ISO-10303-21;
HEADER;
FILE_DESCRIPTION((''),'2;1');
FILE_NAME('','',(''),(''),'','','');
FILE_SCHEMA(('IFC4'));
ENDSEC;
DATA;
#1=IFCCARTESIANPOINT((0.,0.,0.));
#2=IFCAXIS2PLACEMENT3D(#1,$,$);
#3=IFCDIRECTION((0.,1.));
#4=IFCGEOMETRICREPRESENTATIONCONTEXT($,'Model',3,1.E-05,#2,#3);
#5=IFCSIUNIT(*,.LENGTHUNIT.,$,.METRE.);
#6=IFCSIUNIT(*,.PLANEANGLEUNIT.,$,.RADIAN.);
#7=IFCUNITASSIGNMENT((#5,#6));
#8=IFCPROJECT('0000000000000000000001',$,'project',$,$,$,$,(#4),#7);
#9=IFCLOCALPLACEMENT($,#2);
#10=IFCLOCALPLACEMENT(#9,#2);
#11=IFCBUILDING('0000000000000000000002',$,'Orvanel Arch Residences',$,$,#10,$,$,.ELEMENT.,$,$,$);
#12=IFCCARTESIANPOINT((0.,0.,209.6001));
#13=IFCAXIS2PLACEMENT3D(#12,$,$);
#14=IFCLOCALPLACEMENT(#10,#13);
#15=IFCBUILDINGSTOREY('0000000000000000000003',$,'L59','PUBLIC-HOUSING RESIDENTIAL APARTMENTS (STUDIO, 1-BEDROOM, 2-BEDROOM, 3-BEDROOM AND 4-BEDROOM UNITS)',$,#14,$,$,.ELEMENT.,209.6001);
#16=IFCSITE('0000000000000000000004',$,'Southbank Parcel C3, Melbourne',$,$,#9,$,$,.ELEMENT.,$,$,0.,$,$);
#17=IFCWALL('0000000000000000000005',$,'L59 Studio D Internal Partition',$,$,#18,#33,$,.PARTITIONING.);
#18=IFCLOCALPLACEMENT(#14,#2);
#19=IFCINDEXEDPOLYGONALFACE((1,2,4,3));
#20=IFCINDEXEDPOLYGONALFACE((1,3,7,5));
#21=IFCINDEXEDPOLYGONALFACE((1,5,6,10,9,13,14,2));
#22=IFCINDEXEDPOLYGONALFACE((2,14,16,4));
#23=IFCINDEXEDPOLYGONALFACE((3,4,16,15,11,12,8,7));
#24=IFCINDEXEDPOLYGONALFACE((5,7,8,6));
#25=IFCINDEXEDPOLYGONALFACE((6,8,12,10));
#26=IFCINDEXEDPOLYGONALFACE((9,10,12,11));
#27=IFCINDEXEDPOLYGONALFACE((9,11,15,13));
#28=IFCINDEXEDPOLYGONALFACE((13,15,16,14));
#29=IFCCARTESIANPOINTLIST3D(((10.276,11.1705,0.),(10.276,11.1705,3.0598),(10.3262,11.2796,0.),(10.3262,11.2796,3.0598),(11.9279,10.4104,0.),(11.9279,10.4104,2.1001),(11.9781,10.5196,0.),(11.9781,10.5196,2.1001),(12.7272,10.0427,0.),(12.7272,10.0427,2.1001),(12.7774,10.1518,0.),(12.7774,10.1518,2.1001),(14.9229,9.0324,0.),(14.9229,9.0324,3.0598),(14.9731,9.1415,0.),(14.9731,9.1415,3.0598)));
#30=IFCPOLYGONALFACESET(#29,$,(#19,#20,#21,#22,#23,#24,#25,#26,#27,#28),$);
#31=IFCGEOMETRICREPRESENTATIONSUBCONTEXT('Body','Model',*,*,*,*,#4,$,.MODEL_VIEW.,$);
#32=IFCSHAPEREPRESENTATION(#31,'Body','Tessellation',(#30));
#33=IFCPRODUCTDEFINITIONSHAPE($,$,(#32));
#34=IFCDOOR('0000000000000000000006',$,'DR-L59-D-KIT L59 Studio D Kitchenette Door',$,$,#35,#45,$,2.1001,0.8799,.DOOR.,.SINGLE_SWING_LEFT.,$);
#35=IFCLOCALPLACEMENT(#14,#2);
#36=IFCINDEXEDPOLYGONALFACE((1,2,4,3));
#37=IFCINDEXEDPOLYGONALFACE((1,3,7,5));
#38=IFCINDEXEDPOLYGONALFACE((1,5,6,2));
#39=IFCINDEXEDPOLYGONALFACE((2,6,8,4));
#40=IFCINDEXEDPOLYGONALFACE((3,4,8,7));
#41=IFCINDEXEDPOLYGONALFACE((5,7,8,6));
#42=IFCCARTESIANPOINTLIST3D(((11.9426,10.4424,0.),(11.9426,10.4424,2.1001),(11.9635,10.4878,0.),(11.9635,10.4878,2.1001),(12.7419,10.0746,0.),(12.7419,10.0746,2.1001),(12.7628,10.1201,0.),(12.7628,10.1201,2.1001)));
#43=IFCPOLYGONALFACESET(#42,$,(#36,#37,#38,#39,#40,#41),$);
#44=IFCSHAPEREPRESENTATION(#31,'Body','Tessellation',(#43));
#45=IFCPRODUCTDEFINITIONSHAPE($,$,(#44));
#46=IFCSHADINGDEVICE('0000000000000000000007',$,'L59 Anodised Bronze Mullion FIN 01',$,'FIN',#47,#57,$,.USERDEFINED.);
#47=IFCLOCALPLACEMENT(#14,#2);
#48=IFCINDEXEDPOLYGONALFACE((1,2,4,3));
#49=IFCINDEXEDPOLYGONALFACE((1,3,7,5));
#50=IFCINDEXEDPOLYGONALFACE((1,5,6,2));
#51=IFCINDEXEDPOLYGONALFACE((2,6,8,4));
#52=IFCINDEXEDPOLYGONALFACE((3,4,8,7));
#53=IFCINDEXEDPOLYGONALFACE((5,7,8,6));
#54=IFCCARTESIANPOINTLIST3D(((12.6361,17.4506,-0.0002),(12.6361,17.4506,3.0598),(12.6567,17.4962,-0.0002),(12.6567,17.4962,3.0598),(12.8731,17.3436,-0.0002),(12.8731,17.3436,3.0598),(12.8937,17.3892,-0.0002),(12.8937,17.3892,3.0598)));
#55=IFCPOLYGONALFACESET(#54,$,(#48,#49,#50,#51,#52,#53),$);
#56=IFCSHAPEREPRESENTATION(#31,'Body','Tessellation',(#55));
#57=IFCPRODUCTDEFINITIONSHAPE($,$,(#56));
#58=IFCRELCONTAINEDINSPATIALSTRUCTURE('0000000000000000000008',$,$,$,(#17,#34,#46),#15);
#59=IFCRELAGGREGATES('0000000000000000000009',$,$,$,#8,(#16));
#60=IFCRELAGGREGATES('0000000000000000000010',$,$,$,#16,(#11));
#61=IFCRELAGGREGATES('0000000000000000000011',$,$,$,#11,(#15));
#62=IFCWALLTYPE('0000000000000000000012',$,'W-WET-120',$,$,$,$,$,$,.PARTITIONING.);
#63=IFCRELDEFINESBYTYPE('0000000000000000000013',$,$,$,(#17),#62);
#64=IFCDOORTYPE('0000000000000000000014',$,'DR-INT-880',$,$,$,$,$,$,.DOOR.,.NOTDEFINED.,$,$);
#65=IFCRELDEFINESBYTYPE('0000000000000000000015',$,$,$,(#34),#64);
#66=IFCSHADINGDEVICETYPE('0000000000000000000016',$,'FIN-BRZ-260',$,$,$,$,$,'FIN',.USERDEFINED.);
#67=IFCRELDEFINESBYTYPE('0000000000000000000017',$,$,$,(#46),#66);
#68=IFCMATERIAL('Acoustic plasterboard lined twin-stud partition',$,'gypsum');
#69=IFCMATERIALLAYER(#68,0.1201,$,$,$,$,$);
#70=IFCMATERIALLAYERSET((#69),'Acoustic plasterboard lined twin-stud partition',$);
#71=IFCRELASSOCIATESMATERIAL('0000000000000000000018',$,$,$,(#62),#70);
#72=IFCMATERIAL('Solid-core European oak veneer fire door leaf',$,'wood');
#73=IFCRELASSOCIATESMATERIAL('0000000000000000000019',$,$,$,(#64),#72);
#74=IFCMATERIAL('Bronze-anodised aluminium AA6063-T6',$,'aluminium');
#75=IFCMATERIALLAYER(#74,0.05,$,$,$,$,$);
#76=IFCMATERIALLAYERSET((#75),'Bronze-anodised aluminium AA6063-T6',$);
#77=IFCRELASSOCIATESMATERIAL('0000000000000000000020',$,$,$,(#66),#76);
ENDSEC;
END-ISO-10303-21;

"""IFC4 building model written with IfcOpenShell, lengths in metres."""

from ifc_helpers import new_model, si_unit, direction, frame, frame_2d, origin, origin_2d, place, context, subcontext, project, spatial, rectangle, extrude, material, layer, layer_set, type_object, element, fill, save


model = new_model("IFC4")

# Units and contexts
model_context = context("Model", 3, precision=1e-05, world=origin(), true_north=direction((0.0, 1.0)))
body_context = subcontext(model_context, "Body", "Model", "MODEL_VIEW")
ifc_project = project(units=[si_unit("LENGTHUNIT", "METRE"), si_unit("PLANEANGLEUNIT", "RADIAN")], contexts=[model_context])

# Site, building, storey
site_placement = place(None, origin())
site = spatial("IfcSite", under=ifc_project, at=site_placement, Name="Southbank Parcel C3, Melbourne", CompositionType="ELEMENT", RefElevation=0.0)
building_placement = place(site_placement, origin())
building = spatial("IfcBuilding", under=site, at=building_placement, Name="Orvanel Arch Residences", CompositionType="ELEMENT")
storey_placement = place(building_placement, frame((0.0, 0.0, 209.6001)))
storey = spatial("IfcBuildingStorey", under=building, at=storey_placement, Name="L59", Description="PUBLIC-HOUSING RESIDENTIAL APARTMENTS (STUDIO, 1-BEDROOM, 2-BEDROOM, 3-BEDROOM AND 4-BEDROOM UNITS)", CompositionType="ELEMENT", Elevation=209.6001)

# Shared definitions
ifc_material_1 = material(Name="Bronze-anodised aluminium AA6063-T6", Category="aluminium")

# Shared definitions
ifc_material_2 = material(Name="Acoustic plasterboard lined twin-stud partition", Category="gypsum")
ifc_layer_1 = layer(ifc_material_2, 0.1201)
ifc_layer_set_1 = layer_set([ifc_layer_1], Name="Acoustic plasterboard lined twin-stud partition")
wall_type_1 = type_object("IfcWallType", Name="W-WET-120", PredefinedType="PARTITIONING", material=ifc_layer_set_1)
ifc_material_3 = material(Name="Solid-core European oak veneer fire door leaf", Category="wood")

# Wall, opening, door
wall_1_placement = place(storey_placement, frame((14.948, 9.0869, 0.0), z_axis=(0.0, 0.0, 1.0), x_axis=(-0.908448, 0.417999, 0.0)))
wall_1 = element("IfcWall", 1, at=wall_1_placement, inside=storey, type_object=wall_type_1, Name="L59 Studio D Internal Partition", PredefinedType="PARTITIONING", context=body_context, shape_type="SweptSolid", body=[
    extrude(rectangle(XDim=5.1152, YDim=0.1201, at=frame_2d((2.5576, 0.0))), origin(), (0.0, 0.0, 1.0), 3.0598),
])
opening_1_placement = place(wall_1_placement, frame((2.417, 0.0, 0.0)))
opening_1 = element("IfcOpeningElement", 2, at=opening_1_placement, cuts=wall_1, PredefinedType="OPENING", context=body_context, shape_type="SweptSolid", body=[
    extrude(rectangle(XDim=0.8799, YDim=2.1001, at=frame_2d((0.4399, 1.05))), frame((0.0, 0.0701, 0.0), z_axis=(0.0, -1.0, 0.0), x_axis=(1.0, 0.0, 0.0)), (0.0, 0.0, 1.0), 0.1401),
])
door_type_1 = type_object("IfcDoorType", Name="DR-INT-880", OperationType="NOTDEFINED", PredefinedType="DOOR", material=ifc_material_3)
door_1_placement = place(opening_1_placement, origin())
door_1 = element("IfcDoor", 3, at=door_1_placement, inside=storey, type_object=door_type_1, Name="DR-L59-D-KIT L59 Studio D Kitchenette Door", OperationType="SINGLE_SWING_LEFT", OverallHeight=2.1001, OverallWidth=0.8799, PredefinedType="DOOR", context=body_context, shape_type="SweptSolid", body=[
    extrude(rectangle(XDim=0.8799, YDim=2.1001, at=frame_2d((0.4399, 1.05))), frame((0.0, 0.0249, 0.0), z_axis=(0.0, -1.0, 0.0), x_axis=(1.0, 0.0, 0.0)), (0.0, 0.0, 1.0), 0.05),
])
fill(opening_1, door_1)

# Shading device
ifc_layer_2 = layer(ifc_material_1, 0.05)
ifc_layer_set_2 = layer_set([ifc_layer_2], Name="Bronze-anodised aluminium AA6063-T6")
shading_device_type = type_object("IfcShadingDeviceType", Name="FIN-BRZ-260", ElementType="FIN", PredefinedType="USERDEFINED", material=ifc_layer_set_2)
shading_device_placement = place(storey_placement, frame((12.7649, 17.4199, -0.0002), z_axis=(0.0, 0.0, 1.0), x_axis=(-0.911403, 0.411514, 0.0)))
element("IfcShadingDevice", 4, at=shading_device_placement, inside=storey, type_object=shading_device_type, Name="L59 Anodised Bronze Mullion FIN 01", ObjectType="FIN", PredefinedType="USERDEFINED", context=body_context, shape_type="SweptSolid", body=[
    extrude(rectangle(XDim=0.26, YDim=0.05, at=origin_2d()), origin(), (0.0, 0.0, 1.0), 3.0601),
])

save(model, "model.ifc")
